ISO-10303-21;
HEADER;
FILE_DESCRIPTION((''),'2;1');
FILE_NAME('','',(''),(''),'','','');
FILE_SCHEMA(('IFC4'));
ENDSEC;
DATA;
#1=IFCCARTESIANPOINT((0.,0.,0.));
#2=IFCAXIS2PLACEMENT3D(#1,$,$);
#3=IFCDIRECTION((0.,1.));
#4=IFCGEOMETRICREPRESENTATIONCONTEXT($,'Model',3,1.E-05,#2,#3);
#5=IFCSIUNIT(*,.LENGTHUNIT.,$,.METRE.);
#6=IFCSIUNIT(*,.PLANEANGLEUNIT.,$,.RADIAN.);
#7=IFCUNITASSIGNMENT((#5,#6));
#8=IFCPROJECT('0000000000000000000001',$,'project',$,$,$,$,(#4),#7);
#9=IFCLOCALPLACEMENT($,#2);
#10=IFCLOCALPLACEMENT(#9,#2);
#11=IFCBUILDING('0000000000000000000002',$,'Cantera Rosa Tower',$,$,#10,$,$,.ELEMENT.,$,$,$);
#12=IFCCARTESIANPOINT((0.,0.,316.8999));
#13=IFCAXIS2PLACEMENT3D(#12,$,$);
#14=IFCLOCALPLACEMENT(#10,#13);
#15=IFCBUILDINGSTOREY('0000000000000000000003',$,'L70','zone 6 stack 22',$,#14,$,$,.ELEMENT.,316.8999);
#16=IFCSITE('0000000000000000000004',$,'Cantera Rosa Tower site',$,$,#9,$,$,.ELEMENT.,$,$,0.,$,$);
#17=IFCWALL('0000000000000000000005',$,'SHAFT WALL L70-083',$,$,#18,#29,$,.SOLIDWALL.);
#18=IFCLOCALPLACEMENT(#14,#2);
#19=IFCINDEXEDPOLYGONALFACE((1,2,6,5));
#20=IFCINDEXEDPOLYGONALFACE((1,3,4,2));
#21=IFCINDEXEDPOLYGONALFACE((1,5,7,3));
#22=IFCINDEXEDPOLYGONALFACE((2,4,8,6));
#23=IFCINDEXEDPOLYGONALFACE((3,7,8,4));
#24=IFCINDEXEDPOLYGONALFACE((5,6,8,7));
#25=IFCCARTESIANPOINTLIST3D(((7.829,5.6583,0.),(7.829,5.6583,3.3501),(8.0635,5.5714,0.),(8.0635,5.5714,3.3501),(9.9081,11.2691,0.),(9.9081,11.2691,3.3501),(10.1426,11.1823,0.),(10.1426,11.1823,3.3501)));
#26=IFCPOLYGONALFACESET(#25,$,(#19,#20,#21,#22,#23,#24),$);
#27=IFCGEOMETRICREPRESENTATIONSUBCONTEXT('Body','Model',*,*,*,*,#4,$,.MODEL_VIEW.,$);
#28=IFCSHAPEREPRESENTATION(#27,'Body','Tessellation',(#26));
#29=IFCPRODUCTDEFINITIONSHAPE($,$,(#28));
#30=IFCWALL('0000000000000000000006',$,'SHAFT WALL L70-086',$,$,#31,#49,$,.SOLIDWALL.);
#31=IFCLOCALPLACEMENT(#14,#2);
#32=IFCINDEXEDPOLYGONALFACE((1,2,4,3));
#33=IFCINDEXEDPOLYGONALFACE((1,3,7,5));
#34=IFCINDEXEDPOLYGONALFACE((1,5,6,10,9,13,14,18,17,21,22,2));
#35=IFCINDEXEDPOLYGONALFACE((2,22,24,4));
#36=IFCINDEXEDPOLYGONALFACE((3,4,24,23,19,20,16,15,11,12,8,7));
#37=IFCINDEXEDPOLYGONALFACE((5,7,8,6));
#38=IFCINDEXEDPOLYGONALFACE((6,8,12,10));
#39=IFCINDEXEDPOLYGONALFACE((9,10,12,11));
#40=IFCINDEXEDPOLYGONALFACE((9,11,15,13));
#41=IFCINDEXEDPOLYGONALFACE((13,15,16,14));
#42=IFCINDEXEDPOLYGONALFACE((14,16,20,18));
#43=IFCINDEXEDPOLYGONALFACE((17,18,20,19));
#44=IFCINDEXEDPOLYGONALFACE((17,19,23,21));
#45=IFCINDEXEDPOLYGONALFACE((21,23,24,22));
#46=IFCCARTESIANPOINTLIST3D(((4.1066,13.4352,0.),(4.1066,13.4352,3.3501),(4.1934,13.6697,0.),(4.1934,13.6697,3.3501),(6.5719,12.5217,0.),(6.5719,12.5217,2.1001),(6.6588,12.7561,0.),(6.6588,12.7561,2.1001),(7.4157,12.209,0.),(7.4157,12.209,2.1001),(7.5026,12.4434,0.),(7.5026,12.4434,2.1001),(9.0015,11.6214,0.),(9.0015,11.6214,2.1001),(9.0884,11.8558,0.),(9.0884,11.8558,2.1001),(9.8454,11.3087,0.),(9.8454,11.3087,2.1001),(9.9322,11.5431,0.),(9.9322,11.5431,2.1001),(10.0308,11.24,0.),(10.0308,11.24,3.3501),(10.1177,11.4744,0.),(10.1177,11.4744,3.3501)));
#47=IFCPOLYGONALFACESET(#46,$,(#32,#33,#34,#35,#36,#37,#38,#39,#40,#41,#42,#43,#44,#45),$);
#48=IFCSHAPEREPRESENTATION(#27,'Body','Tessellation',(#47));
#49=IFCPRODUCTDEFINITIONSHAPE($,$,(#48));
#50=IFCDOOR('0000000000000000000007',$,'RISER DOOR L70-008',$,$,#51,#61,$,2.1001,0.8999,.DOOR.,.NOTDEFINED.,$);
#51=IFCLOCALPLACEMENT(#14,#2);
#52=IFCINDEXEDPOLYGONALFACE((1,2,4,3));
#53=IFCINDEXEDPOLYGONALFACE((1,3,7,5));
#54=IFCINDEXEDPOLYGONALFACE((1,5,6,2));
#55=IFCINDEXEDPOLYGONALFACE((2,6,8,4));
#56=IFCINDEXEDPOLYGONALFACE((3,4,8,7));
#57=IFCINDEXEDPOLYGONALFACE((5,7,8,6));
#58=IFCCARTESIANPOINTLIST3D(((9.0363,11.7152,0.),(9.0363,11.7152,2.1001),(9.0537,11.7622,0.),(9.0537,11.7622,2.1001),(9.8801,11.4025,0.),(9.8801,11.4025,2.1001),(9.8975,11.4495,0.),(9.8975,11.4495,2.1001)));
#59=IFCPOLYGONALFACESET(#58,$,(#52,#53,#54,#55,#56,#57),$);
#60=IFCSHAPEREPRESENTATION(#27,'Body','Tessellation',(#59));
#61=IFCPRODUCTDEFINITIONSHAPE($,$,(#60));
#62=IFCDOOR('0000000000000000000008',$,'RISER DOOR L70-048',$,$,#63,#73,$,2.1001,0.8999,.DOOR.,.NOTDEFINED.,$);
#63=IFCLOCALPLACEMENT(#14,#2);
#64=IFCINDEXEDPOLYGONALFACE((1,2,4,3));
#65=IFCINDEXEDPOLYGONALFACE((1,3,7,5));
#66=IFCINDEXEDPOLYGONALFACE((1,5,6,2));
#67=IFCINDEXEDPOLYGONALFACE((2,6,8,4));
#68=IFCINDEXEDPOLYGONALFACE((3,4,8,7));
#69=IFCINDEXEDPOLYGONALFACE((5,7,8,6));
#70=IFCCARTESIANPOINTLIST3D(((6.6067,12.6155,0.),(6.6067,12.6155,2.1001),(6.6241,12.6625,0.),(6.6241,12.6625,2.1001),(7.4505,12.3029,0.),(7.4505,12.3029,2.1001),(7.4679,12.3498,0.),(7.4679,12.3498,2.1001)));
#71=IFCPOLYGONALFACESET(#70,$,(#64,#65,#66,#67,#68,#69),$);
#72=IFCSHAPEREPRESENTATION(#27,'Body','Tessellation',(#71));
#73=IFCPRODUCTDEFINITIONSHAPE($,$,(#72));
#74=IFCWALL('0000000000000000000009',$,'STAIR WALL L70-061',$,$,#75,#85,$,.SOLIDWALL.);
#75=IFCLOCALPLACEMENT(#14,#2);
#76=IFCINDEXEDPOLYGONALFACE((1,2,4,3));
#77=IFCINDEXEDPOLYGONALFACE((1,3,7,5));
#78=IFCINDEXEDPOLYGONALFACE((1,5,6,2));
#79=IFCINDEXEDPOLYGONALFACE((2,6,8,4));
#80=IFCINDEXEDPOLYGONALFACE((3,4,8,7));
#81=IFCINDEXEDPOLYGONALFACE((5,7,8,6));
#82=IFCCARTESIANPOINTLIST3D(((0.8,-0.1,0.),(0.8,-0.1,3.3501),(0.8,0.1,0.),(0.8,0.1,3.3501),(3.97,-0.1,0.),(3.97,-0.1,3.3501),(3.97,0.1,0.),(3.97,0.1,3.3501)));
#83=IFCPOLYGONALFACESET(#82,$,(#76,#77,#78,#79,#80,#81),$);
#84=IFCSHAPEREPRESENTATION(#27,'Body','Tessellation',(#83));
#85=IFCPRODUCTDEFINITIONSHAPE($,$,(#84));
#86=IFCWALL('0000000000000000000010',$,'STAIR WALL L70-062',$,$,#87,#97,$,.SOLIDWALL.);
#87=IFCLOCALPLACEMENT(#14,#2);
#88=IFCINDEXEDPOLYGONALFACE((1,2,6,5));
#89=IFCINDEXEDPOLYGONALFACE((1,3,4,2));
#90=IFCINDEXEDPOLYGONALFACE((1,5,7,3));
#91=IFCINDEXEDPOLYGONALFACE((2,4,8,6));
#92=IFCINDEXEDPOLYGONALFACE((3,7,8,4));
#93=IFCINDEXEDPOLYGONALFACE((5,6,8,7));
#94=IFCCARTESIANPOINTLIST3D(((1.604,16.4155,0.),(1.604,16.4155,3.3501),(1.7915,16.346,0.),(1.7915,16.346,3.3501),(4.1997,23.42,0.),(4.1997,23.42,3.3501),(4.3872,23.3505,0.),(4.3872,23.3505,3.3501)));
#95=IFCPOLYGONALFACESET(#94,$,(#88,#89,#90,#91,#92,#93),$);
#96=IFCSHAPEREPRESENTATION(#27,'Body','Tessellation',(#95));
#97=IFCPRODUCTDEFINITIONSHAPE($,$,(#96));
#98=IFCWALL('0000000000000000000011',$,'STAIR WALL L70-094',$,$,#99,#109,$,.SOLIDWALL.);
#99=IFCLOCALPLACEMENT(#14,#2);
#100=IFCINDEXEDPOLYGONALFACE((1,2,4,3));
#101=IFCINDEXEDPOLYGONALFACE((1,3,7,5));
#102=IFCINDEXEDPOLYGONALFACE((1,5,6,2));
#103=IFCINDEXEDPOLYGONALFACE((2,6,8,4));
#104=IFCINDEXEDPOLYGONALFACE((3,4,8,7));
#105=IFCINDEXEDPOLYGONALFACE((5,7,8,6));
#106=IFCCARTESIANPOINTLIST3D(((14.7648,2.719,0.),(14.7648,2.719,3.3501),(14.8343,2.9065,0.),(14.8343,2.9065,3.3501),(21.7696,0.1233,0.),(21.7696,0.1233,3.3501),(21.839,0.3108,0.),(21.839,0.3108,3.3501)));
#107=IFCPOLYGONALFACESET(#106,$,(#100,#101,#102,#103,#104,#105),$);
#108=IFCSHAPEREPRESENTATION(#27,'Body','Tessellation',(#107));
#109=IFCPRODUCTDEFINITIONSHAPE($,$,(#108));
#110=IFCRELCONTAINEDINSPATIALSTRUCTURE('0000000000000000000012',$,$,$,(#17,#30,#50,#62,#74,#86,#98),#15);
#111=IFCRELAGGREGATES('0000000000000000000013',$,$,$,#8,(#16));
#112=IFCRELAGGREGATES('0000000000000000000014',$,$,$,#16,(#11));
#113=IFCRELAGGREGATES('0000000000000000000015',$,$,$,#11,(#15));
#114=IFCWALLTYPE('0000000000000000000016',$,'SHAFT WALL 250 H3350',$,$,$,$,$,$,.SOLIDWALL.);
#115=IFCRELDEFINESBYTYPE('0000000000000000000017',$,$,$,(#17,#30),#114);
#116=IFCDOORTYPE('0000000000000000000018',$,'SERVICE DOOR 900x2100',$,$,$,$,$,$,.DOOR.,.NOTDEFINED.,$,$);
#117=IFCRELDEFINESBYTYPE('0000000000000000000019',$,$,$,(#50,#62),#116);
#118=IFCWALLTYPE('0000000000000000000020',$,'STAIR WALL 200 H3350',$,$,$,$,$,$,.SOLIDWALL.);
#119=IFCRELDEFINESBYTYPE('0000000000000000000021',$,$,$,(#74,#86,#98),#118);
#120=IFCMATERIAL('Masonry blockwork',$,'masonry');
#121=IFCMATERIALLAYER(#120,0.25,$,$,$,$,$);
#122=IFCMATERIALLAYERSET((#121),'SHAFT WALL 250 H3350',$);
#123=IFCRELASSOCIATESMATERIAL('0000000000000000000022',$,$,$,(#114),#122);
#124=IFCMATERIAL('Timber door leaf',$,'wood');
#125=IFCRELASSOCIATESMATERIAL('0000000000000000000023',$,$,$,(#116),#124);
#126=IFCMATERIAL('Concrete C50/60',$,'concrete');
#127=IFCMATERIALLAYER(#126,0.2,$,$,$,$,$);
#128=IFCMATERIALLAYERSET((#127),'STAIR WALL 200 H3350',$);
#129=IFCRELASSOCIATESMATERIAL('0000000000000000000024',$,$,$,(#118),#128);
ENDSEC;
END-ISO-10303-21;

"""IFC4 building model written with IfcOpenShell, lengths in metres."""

from ifc_helpers import new_model, si_unit, direction, frame, frame_2d, origin, place, context, subcontext, project, spatial, rectangle, extrude, material, layer, layer_set, type_object, element, fill, save


model = new_model("IFC4")

# Units and contexts
model_context = context("Model", 3, precision=1e-05, world=origin(), true_north=direction((0.0, 1.0)))
body_context = subcontext(model_context, "Body", "Model", "MODEL_VIEW")
ifc_project = project(units=[si_unit("LENGTHUNIT", "METRE"), si_unit("PLANEANGLEUNIT", "RADIAN")], contexts=[model_context])

# Site, building, storey
site_placement = place(None, origin())
site = spatial("IfcSite", under=ifc_project, at=site_placement, Name="Cantera Rosa Tower site", CompositionType="ELEMENT", RefElevation=0.0)
building_placement = place(site_placement, origin())
building = spatial("IfcBuilding", under=site, at=building_placement, Name="Cantera Rosa Tower", CompositionType="ELEMENT")
storey_placement = place(building_placement, frame((0.0, 0.0, 316.8999)))
storey = spatial("IfcBuildingStorey", under=building, at=storey_placement, Name="L70", Description="zone 6 stack 22", CompositionType="ELEMENT", Elevation=316.8999)

# Wall
ifc_material_1 = material(Name="Masonry blockwork", Category="masonry")
ifc_layer_1 = layer(ifc_material_1, 0.25)
ifc_layer_set_1 = layer_set([ifc_layer_1], Name="SHAFT WALL 250 H3350")
wall_type_1 = type_object("IfcWallType", Name="SHAFT WALL 250 H3350", PredefinedType="SOLIDWALL", material=ifc_layer_set_1)
wall_1_placement = place(storey_placement, frame((7.9463, 5.615, 0.0), z_axis=(0.0, 0.0, 1.0), x_axis=(0.347463, 0.937694, 0.0)))
element("IfcWall", 1, at=wall_1_placement, inside=storey, type_object=wall_type_1, Name="SHAFT WALL L70-083", PredefinedType="SOLIDWALL", context=body_context, shape_type="SweptSolid", body=[
    extrude(rectangle(XDim=5.9836, YDim=0.25, at=frame_2d((2.9917, 0.0))), origin(), (0.0, 0.0, 1.0), 3.3501),
])

# Wall, openings, doors
wall_2_placement = place(storey_placement, frame((10.0742, 11.3572, 0.0), z_axis=(0.0, 0.0, 1.0), x_axis=(-0.937691, 0.34747, 0.0)))
wall_2 = element("IfcWall", 2, at=wall_2_placement, inside=storey, type_object=wall_type_1, Name="SHAFT WALL L70-086", PredefinedType="SOLIDWALL", context=body_context, shape_type="SweptSolid", body=[
    extrude(rectangle(XDim=6.3179, YDim=0.25, at=frame_2d((3.1589, 0.0))), origin(), (0.0, 0.0, 1.0), 3.3501),
])
opening_1_placement = place(wall_2_placement, frame((0.1978, 0.0, 0.0)))
opening_1 = element("IfcOpeningElement", 3, at=opening_1_placement, cuts=wall_2, PredefinedType="OPENING", context=body_context, shape_type="SweptSolid", body=[
    extrude(rectangle(XDim=0.8999, YDim=2.1001, at=frame_2d((0.45, 1.05))), frame((0.0, 0.135, 0.0), z_axis=(0.0, -1.0, 0.0), x_axis=(1.0, 0.0, 0.0)), (0.0, 0.0, 1.0), 0.27),
])
opening_2_placement = place(wall_2_placement, frame((2.7888, 0.0, 0.0)))
opening_2 = element("IfcOpeningElement", 4, at=opening_2_placement, cuts=wall_2, PredefinedType="OPENING", context=body_context, shape_type="SweptSolid", body=[
    extrude(rectangle(XDim=0.8999, YDim=2.1001, at=frame_2d((0.45, 1.05))), frame((0.0, 0.135, 0.0), z_axis=(0.0, -1.0, 0.0), x_axis=(1.0, 0.0, 0.0)), (0.0, 0.0, 1.0), 0.27),
])
ifc_material_2 = material(Name="Timber door leaf", Category="wood")
door_type_1 = type_object("IfcDoorType", Name="SERVICE DOOR 900x2100", OperationType="NOTDEFINED", PredefinedType="DOOR", material=ifc_material_2)
door_1_placement = place(opening_1_placement, origin())
door_1 = element("IfcDoor", 5, at=door_1_placement, inside=storey, type_object=door_type_1, Name="RISER DOOR L70-008", OperationType="NOTDEFINED", OverallHeight=2.1001, OverallWidth=0.8999, PredefinedType="DOOR", context=body_context, shape_type="SweptSolid", body=[
    extrude(rectangle(XDim=0.8999, YDim=2.1001, at=frame_2d((0.45, 1.05))), frame((0.0, 0.0249, 0.0), z_axis=(0.0, -1.0, 0.0), x_axis=(1.0, 0.0, 0.0)), (0.0, 0.0, 1.0), 0.05),
])
fill(opening_1, door_1)
door_2_placement = place(opening_2_placement, origin())
door_2 = element("IfcDoor", 6, at=door_2_placement, inside=storey, type_object=door_type_1, Name="RISER DOOR L70-048", OperationType="NOTDEFINED", OverallHeight=2.1001, OverallWidth=0.8999, PredefinedType="DOOR", context=body_context, shape_type="SweptSolid", body=[
    extrude(rectangle(XDim=0.8999, YDim=2.1001, at=frame_2d((0.45, 1.05))), frame((0.0, 0.0249, 0.0), z_axis=(0.0, -1.0, 0.0), x_axis=(1.0, 0.0, 0.0)), (0.0, 0.0, 1.0), 0.05),
])
fill(opening_2, door_2)

# Walls
ifc_material_3 = material(Name="Concrete C50/60", Category="concrete")
ifc_layer_2 = layer(ifc_material_3, 0.2)
ifc_layer_set_2 = layer_set([ifc_layer_2], Name="STAIR WALL 200 H3350")
wall_type_2 = type_object("IfcWallType", Name="STAIR WALL 200 H3350", PredefinedType="SOLIDWALL", material=ifc_layer_set_2)
wall_3_placement = place(storey_placement, frame((0.8, 0.0, 0.0), z_axis=(0.0, 0.0, 1.0), x_axis=(1.0, 0.0, 0.0)))
element("IfcWall", 7, at=wall_3_placement, inside=storey, type_object=wall_type_2, Name="STAIR WALL L70-061", PredefinedType="SOLIDWALL", context=body_context, shape_type="SweptSolid", body=[
    extrude(rectangle(XDim=3.1699, YDim=0.2, at=frame_2d((1.585, 0.0))), origin(), (0.0, 0.0, 1.0), 3.3501),
])
wall_4_placement = place(storey_placement, frame((1.6978, 16.3809, 0.0), z_axis=(0.0, 0.0, 1.0), x_axis=(0.347489, 0.937684, 0.0)))
element("IfcWall", 8, at=wall_4_placement, inside=storey, type_object=wall_type_2, Name="STAIR WALL L70-062", PredefinedType="SOLIDWALL", context=body_context, shape_type="SweptSolid", body=[
    extrude(rectangle(XDim=7.47, YDim=0.2, at=frame_2d((3.7349, 0.0))), origin(), (0.0, 0.0, 1.0), 3.3501),
])
wall_5_placement = place(storey_placement, frame((14.7996, 2.8127, 0.0), z_axis=(0.0, 0.0, 1.0), x_axis=(0.937688, -0.347478, 0.0)))
element("IfcWall", 9, at=wall_5_placement, inside=storey, type_object=wall_type_2, Name="STAIR WALL L70-094", PredefinedType="SOLIDWALL", context=body_context, shape_type="SweptSolid", body=[
    extrude(rectangle(XDim=7.4702, YDim=0.2, at=frame_2d((3.7351, 0.0))), origin(), (0.0, 0.0, 1.0), 3.3501),
])

save(model, "model.ifc")
